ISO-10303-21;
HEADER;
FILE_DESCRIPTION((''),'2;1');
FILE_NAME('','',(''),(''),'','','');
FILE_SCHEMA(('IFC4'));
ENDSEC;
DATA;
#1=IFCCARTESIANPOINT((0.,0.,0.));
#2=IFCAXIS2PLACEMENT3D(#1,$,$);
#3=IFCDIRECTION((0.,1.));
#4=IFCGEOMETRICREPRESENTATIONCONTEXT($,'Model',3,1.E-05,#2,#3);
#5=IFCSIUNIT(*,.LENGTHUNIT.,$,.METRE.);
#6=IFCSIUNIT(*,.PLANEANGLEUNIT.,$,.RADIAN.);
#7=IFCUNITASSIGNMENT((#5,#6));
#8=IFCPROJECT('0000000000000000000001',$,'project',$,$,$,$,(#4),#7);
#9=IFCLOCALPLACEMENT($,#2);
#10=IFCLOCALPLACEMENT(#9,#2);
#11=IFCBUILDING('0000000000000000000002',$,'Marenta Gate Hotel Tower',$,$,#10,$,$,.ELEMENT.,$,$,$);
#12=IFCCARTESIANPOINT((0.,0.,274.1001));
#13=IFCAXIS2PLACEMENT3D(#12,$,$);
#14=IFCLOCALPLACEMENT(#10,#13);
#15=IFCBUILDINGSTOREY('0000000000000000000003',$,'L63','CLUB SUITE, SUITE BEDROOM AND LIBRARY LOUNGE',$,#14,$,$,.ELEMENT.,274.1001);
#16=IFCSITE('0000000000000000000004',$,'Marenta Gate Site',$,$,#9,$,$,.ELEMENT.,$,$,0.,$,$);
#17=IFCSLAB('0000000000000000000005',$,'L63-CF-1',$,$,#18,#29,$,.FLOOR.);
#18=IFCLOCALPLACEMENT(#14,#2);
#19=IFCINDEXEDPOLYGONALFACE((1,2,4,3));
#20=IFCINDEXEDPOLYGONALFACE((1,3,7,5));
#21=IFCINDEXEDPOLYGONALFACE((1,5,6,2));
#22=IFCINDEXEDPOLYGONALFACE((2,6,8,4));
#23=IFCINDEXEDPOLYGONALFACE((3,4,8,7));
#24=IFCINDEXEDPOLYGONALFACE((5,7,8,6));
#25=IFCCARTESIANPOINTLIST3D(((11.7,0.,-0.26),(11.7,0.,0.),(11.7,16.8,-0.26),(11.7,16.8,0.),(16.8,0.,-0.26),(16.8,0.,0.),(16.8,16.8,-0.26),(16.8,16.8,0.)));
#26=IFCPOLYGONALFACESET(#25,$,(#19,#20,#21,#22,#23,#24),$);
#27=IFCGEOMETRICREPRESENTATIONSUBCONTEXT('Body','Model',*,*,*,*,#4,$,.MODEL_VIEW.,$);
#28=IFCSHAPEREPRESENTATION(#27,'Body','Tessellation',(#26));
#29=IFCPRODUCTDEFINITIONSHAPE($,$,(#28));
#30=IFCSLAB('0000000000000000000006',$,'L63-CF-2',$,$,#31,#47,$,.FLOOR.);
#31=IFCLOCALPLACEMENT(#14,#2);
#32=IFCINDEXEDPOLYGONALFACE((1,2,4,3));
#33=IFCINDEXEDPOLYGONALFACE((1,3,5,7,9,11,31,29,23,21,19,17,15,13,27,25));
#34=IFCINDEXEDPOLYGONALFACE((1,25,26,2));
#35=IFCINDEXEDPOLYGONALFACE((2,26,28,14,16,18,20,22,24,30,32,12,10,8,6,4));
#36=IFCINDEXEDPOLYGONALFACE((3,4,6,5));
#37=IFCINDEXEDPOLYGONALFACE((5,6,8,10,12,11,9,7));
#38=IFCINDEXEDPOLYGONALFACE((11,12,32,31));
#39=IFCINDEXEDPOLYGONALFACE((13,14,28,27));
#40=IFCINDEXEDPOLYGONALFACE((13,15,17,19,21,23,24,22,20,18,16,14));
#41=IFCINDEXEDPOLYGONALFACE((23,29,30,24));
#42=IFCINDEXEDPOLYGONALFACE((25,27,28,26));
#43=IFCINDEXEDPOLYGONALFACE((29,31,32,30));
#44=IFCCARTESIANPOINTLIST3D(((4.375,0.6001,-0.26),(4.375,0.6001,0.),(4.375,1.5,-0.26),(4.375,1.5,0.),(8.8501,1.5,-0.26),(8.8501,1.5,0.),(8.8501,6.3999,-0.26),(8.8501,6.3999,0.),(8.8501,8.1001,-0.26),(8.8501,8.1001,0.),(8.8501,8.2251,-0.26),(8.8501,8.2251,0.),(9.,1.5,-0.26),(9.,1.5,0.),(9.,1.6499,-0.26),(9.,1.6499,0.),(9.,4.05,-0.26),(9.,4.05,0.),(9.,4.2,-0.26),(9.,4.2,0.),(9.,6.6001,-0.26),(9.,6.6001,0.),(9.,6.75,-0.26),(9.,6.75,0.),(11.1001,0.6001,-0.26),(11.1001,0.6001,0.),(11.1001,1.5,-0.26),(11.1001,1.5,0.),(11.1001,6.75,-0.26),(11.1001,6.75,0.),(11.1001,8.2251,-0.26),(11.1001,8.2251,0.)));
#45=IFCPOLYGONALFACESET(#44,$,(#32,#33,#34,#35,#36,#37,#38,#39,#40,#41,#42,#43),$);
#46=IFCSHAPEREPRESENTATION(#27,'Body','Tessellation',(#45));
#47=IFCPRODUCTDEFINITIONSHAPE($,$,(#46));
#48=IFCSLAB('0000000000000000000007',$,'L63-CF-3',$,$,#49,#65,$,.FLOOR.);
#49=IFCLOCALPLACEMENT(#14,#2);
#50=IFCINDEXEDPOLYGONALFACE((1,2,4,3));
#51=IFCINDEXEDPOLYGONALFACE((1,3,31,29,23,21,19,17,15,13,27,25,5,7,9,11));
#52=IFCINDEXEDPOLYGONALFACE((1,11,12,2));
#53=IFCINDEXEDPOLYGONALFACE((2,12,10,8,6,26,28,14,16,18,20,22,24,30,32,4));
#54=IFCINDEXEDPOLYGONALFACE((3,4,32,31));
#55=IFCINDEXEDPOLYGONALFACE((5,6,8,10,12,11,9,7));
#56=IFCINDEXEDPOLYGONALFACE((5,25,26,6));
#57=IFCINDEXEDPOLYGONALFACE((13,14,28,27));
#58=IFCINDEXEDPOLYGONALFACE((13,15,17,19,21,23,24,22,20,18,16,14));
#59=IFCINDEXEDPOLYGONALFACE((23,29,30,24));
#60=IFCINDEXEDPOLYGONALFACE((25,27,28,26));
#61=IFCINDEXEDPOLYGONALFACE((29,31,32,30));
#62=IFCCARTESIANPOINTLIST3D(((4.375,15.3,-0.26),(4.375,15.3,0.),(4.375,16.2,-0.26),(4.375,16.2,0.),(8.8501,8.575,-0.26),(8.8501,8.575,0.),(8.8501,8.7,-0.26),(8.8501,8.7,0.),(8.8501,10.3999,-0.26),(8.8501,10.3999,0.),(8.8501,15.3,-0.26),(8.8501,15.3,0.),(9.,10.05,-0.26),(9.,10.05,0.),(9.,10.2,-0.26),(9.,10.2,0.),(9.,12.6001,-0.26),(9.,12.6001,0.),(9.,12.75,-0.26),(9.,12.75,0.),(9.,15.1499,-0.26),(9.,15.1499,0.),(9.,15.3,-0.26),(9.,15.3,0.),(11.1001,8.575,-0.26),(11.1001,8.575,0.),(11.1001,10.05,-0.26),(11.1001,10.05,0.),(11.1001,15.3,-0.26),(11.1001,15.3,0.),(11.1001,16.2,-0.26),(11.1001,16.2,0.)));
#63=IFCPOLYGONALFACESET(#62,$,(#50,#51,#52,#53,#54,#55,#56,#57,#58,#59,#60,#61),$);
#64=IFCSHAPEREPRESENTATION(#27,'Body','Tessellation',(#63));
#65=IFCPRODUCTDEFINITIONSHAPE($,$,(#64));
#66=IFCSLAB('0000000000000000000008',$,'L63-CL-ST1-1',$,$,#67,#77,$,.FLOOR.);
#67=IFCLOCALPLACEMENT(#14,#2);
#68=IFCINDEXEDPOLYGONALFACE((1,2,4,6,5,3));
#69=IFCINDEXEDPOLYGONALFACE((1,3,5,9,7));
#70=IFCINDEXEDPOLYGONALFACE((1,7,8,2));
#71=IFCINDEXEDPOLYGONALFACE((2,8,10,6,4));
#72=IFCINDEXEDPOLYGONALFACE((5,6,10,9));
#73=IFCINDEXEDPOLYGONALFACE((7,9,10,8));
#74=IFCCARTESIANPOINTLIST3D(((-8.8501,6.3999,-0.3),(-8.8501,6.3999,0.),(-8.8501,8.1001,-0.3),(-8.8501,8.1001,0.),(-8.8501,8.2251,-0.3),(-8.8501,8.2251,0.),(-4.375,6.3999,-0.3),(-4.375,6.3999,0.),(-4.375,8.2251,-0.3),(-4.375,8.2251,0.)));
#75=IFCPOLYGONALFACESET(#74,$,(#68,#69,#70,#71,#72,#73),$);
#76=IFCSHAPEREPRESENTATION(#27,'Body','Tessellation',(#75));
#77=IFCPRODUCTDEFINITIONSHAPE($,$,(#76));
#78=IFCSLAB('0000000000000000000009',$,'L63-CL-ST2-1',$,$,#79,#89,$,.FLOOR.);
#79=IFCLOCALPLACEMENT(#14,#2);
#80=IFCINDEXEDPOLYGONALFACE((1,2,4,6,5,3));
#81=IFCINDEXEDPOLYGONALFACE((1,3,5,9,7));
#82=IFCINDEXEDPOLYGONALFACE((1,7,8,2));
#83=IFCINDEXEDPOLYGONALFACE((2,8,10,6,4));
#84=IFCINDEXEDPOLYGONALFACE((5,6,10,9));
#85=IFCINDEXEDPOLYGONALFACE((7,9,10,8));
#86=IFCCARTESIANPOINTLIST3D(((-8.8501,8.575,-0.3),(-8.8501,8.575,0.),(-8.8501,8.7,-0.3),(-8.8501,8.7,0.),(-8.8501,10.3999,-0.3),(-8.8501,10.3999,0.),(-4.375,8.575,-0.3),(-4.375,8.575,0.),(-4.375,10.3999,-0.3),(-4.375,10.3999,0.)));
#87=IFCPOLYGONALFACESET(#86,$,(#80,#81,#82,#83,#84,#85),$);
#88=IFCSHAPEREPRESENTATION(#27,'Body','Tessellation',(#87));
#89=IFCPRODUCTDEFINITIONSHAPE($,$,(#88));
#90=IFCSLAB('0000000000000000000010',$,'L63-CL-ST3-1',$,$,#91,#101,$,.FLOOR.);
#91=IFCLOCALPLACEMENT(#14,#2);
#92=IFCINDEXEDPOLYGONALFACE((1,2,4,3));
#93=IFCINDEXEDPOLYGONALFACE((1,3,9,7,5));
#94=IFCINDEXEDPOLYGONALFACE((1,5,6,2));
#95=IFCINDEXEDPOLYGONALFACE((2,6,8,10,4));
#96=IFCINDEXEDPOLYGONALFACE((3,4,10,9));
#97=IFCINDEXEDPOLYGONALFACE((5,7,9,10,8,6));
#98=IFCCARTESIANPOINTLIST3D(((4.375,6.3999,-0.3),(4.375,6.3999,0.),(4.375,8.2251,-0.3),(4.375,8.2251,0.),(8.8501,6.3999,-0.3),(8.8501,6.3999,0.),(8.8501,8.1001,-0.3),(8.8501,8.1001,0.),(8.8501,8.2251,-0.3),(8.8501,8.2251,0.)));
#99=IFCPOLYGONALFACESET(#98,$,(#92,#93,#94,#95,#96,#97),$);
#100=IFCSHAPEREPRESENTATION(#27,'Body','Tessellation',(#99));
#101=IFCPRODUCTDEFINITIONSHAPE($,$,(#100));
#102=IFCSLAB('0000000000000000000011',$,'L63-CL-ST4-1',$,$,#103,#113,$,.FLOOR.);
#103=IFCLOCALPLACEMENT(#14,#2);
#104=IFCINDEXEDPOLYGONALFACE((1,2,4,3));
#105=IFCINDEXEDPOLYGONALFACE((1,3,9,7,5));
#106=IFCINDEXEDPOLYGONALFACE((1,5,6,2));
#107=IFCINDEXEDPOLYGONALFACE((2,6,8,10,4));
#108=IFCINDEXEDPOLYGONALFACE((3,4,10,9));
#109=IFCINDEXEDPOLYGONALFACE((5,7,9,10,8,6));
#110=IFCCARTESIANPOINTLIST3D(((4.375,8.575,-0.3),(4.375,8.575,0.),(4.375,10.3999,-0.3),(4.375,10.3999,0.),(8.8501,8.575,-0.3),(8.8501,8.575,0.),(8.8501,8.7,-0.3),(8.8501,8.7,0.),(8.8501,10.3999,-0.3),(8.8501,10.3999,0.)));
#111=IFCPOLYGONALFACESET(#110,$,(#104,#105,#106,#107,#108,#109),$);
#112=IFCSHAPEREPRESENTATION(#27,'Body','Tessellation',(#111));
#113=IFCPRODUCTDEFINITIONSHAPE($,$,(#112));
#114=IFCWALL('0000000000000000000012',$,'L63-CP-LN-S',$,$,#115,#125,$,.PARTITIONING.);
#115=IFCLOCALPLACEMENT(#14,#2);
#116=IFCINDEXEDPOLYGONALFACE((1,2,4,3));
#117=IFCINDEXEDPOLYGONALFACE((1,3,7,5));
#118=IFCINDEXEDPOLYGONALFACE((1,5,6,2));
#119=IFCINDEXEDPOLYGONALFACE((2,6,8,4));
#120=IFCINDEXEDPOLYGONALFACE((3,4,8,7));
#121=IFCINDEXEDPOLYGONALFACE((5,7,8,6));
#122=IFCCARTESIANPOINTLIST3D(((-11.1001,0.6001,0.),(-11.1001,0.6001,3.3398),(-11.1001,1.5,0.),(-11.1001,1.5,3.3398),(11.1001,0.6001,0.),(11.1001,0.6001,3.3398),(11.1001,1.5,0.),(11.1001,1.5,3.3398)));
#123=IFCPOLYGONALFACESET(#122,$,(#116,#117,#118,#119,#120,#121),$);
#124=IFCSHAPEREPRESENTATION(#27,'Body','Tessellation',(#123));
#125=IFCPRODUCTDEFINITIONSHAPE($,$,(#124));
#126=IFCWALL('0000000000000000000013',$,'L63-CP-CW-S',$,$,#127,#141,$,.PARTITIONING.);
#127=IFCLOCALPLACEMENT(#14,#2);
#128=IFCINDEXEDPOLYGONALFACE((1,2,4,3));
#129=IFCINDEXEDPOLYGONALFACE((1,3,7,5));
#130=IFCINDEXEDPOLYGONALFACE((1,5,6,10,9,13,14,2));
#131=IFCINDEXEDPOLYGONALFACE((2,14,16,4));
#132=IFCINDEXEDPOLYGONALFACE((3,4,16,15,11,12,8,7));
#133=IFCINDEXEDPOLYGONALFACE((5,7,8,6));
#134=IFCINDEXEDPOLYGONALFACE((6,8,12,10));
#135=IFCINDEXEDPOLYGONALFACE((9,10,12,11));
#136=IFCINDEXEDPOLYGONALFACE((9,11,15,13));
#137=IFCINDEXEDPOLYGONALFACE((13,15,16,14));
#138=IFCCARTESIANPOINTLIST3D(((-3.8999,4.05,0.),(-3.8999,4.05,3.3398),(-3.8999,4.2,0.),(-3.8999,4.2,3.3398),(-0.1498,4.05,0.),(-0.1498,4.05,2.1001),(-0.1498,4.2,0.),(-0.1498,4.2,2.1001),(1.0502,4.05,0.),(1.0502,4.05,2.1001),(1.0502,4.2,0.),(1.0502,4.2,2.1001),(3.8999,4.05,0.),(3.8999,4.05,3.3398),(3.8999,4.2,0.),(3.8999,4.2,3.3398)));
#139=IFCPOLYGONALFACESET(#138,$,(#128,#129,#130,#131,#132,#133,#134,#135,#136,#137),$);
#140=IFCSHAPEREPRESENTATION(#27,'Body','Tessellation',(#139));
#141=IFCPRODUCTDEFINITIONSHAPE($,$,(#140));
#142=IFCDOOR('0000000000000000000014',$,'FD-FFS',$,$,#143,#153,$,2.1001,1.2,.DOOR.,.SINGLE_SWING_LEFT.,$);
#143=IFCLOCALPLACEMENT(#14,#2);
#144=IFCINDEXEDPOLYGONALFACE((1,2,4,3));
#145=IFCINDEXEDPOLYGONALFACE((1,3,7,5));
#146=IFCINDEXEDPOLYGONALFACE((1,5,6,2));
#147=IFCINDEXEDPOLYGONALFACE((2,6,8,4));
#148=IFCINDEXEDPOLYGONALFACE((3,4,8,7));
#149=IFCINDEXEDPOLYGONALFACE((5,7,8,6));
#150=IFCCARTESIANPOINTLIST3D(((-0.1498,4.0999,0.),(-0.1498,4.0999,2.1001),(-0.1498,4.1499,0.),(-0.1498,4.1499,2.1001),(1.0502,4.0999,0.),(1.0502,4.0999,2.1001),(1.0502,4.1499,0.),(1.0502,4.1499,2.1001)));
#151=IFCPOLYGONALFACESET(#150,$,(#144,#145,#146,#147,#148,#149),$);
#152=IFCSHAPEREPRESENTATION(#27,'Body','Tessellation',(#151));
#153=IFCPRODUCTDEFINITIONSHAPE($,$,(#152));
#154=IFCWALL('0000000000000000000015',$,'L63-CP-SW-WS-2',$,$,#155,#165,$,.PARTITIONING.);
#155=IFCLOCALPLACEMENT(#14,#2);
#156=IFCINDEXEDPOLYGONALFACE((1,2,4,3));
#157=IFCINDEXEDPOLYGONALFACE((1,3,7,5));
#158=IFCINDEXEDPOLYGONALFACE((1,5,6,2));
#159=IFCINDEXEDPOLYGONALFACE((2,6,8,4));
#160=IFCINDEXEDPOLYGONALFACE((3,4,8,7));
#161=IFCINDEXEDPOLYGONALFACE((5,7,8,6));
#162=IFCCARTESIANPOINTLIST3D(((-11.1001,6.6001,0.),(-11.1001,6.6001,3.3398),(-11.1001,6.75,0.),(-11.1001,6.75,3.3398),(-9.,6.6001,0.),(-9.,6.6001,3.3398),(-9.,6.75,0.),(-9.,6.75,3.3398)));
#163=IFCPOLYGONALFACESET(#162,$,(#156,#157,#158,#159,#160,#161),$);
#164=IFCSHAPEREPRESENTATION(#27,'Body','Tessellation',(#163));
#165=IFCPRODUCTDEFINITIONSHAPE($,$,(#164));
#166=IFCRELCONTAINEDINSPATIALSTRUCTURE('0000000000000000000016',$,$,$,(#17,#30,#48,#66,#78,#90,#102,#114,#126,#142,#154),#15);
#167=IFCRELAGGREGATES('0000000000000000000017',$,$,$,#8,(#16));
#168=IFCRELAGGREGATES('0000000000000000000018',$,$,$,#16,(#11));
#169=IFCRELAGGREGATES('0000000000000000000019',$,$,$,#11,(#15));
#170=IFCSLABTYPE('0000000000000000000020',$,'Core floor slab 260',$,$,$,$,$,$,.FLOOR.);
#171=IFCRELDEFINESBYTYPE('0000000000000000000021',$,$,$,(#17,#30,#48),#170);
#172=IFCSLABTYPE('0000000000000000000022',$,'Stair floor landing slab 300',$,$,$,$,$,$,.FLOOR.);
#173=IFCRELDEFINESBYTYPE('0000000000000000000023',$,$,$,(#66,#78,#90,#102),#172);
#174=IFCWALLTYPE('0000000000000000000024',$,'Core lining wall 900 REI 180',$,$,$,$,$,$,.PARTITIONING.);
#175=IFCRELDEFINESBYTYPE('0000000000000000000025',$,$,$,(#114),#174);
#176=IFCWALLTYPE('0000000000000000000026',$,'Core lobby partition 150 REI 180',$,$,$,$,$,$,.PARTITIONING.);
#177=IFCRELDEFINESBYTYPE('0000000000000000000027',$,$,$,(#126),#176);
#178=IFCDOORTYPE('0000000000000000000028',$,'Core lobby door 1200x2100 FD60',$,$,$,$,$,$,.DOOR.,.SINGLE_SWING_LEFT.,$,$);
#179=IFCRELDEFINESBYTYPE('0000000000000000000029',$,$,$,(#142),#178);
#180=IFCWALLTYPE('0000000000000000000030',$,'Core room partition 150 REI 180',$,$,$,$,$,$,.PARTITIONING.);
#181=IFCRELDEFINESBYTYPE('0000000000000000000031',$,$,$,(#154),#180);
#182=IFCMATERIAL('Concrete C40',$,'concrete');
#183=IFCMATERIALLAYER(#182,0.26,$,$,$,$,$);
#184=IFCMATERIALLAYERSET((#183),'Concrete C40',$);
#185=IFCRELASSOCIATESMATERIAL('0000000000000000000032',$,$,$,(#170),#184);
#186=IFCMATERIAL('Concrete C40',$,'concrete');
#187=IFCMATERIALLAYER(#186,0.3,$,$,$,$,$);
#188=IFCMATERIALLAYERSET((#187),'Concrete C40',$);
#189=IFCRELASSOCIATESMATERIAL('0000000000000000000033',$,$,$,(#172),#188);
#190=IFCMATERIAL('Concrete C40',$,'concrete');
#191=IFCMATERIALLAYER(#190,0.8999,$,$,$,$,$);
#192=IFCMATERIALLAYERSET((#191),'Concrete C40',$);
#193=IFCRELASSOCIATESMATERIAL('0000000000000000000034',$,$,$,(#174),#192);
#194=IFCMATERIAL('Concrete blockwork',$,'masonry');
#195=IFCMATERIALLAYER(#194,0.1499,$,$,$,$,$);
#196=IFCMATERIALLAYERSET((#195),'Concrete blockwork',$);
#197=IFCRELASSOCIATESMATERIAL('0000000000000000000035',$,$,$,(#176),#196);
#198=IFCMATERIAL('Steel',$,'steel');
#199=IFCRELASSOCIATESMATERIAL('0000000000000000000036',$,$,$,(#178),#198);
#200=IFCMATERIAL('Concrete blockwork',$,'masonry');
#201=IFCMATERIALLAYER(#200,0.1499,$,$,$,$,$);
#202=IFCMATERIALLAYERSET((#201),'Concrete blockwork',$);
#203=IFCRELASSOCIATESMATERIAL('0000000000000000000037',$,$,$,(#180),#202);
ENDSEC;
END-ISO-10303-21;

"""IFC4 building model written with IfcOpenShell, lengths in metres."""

from ifc_helpers import new_model, si_unit, direction, frame, frame_2d, origin, place, context, subcontext, project, spatial, polyline, rectangle, outline, extrude, material, layer, layer_set, type_object, element, fill, save


model = new_model("IFC4")

# Units and contexts
model_context = context("Model", 3, precision=1e-05, world=origin(), true_north=direction((0.0, 1.0)))
body_context = subcontext(model_context, "Body", "Model", "MODEL_VIEW")
ifc_project = project(units=[si_unit("LENGTHUNIT", "METRE"), si_unit("PLANEANGLEUNIT", "RADIAN")], contexts=[model_context])

# Site, building, storey
site_placement = place(None, origin())
site = spatial("IfcSite", under=ifc_project, at=site_placement, Name="Marenta Gate Site", CompositionType="ELEMENT", RefElevation=0.0)
building_placement = place(site_placement, origin())
building = spatial("IfcBuilding", under=site, at=building_placement, Name="Marenta Gate Hotel Tower", CompositionType="ELEMENT")
storey_placement = place(building_placement, frame((0.0, 0.0, 274.1001)))
storey = spatial("IfcBuildingStorey", under=building, at=storey_placement, Name="L63", Description="CLUB SUITE, SUITE BEDROOM AND LIBRARY LOUNGE", CompositionType="ELEMENT", Elevation=274.1001)

# Slabs
ifc_material_1 = material(Name="Concrete C40", Category="concrete")
ifc_layer_1 = layer(ifc_material_1, 0.26)
ifc_layer_set_1 = layer_set([ifc_layer_1], Name="Concrete C40")
slab_type_1 = type_object("IfcSlabType", Name="Core floor slab 260", PredefinedType="FLOOR", material=ifc_layer_set_1)
slab_1_placement = place(storey_placement, frame((0.0, 0.0, -0.26)))
element("IfcSlab", 1, at=slab_1_placement, inside=storey, type_object=slab_type_1, Name="L63-CF-1", PredefinedType="FLOOR", context=body_context, shape_type="SweptSolid", body=[
    extrude(outline(polyline([(11.7, 0.0), (11.7, 16.8), (16.8, 16.8), (16.8, 0.0), (11.7, 0.0)])), origin(), (0.0, 0.0, 1.0), 0.26),
])
slab_2_placement = place(storey_placement, frame((0.0, 0.0, -0.26)))
element("IfcSlab", 2, at=slab_2_placement, inside=storey, type_object=slab_type_1, Name="L63-CF-2", PredefinedType="FLOOR", context=body_context, shape_type="SweptSolid", body=[
    extrude(outline(polyline([(8.8501, 1.5), (8.8501, 6.3999), (8.8501, 8.1001), (8.8501, 8.2251), (11.1001, 8.2251), (11.1001, 6.75), (9.0, 6.75), (9.0, 6.6001), (9.0, 4.2), (9.0, 4.05), (9.0, 1.6499), (9.0, 1.5), (11.1001, 1.5), (11.1001, 0.6001), (4.375, 0.6001), (4.375, 1.5), (8.8501, 1.5)])), origin(), (0.0, 0.0, 1.0), 0.26),
])
slab_3_placement = place(storey_placement, frame((0.0, 0.0, -0.26)))
element("IfcSlab", 3, at=slab_3_placement, inside=storey, type_object=slab_type_1, Name="L63-CF-3", PredefinedType="FLOOR", context=body_context, shape_type="SweptSolid", body=[
    extrude(outline(polyline([(8.8501, 15.3), (4.375, 15.3), (4.375, 16.2), (11.1001, 16.2), (11.1001, 15.3), (9.0, 15.3), (9.0, 15.1499), (9.0, 12.75), (9.0, 12.6001), (9.0, 10.2), (9.0, 10.05), (11.1001, 10.05), (11.1001, 8.575), (8.8501, 8.575), (8.8501, 8.7), (8.8501, 10.3999), (8.8501, 15.3)])), origin(), (0.0, 0.0, 1.0), 0.26),
])
ifc_material_2 = material(Name="Concrete C40", Category="concrete")
ifc_layer_2 = layer(ifc_material_2, 0.3)
ifc_layer_set_2 = layer_set([ifc_layer_2], Name="Concrete C40")
slab_type_2 = type_object("IfcSlabType", Name="Stair floor landing slab 300", PredefinedType="FLOOR", material=ifc_layer_set_2)
slab_4_placement = place(storey_placement, frame((0.0, 0.0, -0.3)))
element("IfcSlab", 4, at=slab_4_placement, inside=storey, type_object=slab_type_2, Name="L63-CL-ST1-1", PredefinedType="FLOOR", context=body_context, shape_type="SweptSolid", body=[
    extrude(outline(polyline([(-4.375, 6.3999), (-8.8501, 6.3999), (-8.8501, 8.1001), (-8.8501, 8.2251), (-4.375, 8.2251), (-4.375, 6.3999)])), origin(), (0.0, 0.0, 1.0), 0.3),
])
slab_5_placement = place(storey_placement, frame((0.0, 0.0, -0.3)))
element("IfcSlab", 5, at=slab_5_placement, inside=storey, type_object=slab_type_2, Name="L63-CL-ST2-1", PredefinedType="FLOOR", context=body_context, shape_type="SweptSolid", body=[
    extrude(outline(polyline([(-4.375, 8.575), (-8.8501, 8.575), (-8.8501, 8.7), (-8.8501, 10.3999), (-4.375, 10.3999), (-4.375, 8.575)])), origin(), (0.0, 0.0, 1.0), 0.3),
])
slab_6_placement = place(storey_placement, frame((0.0, 0.0, -0.3)))
element("IfcSlab", 6, at=slab_6_placement, inside=storey, type_object=slab_type_2, Name="L63-CL-ST3-1", PredefinedType="FLOOR", context=body_context, shape_type="SweptSolid", body=[
    extrude(outline(polyline([(4.375, 6.3999), (4.375, 8.2251), (8.8501, 8.2251), (8.8501, 8.1001), (8.8501, 6.3999), (4.375, 6.3999)])), origin(), (0.0, 0.0, 1.0), 0.3),
])
slab_7_placement = place(storey_placement, frame((0.0, 0.0, -0.3)))
element("IfcSlab", 7, at=slab_7_placement, inside=storey, type_object=slab_type_2, Name="L63-CL-ST4-1", PredefinedType="FLOOR", context=body_context, shape_type="SweptSolid", body=[
    extrude(outline(polyline([(4.375, 8.575), (4.375, 10.3999), (8.8501, 10.3999), (8.8501, 8.7), (8.8501, 8.575), (4.375, 8.575)])), origin(), (0.0, 0.0, 1.0), 0.3),
])

# Wall
ifc_material_3 = material(Name="Concrete C40", Category="concrete")
ifc_layer_3 = layer(ifc_material_3, 0.8999)
ifc_layer_set_3 = layer_set([ifc_layer_3], Name="Concrete C40")
wall_type_1 = type_object("IfcWallType", Name="Core lining wall 900 REI 180", PredefinedType="PARTITIONING", material=ifc_layer_set_3)
wall_1_placement = place(storey_placement, frame((-11.1001, 1.05, 0.0), z_axis=(0.0, 0.0, 1.0), x_axis=(1.0, 0.0, 0.0)))
element("IfcWall", 8, at=wall_1_placement, inside=storey, type_object=wall_type_1, Name="L63-CP-LN-S", PredefinedType="PARTITIONING", context=body_context, shape_type="SweptSolid", body=[
    extrude(rectangle(XDim=22.2002, YDim=0.8999, at=frame_2d((11.1001, 0.0))), origin(), (0.0, 0.0, 1.0), 3.3398),
])

# Wall, opening, door
ifc_material_4 = material(Name="Concrete blockwork", Category="masonry")
ifc_layer_4 = layer(ifc_material_4, 0.1499)
ifc_layer_set_4 = layer_set([ifc_layer_4], Name="Concrete blockwork")
wall_type_2 = type_object("IfcWallType", Name="Core lobby partition 150 REI 180", PredefinedType="PARTITIONING", material=ifc_layer_set_4)
wall_2_placement = place(storey_placement, frame((-3.8999, 4.125, 0.0), z_axis=(0.0, 0.0, 1.0), x_axis=(1.0, 0.0, 0.0)))
wall_2 = element("IfcWall", 9, at=wall_2_placement, inside=storey, type_object=wall_type_2, Name="L63-CP-CW-S", PredefinedType="PARTITIONING", context=body_context, shape_type="SweptSolid", body=[
    extrude(rectangle(XDim=7.7998, YDim=0.1499, at=frame_2d((3.8999, 0.0))), origin(), (0.0, 0.0, 1.0), 3.3398),
])
opening_1_placement = place(wall_2_placement, frame((3.75, 0.0, 0.0)))
opening_1 = element("IfcOpeningElement", 10, at=opening_1_placement, cuts=wall_2, PredefinedType="OPENING", context=body_context, shape_type="SweptSolid", body=[
    extrude(rectangle(XDim=1.2, YDim=2.1001, at=frame_2d((0.6001, 1.05))), frame((0.0, 0.075, 0.0), z_axis=(0.0, -1.0, 0.0), x_axis=(1.0, 0.0, 0.0)), (0.0, 0.0, 1.0), 0.1499),
])
ifc_material_5 = material(Name="Steel", Category="steel")
door_type_1 = type_object("IfcDoorType", Name="Core lobby door 1200x2100 FD60", OperationType="SINGLE_SWING_LEFT", PredefinedType="DOOR", material=ifc_material_5)
door_1_placement = place(opening_1_placement, origin())
door_1 = element("IfcDoor", 11, at=door_1_placement, inside=storey, type_object=door_type_1, Name="FD-FFS", OperationType="SINGLE_SWING_LEFT", OverallHeight=2.1001, OverallWidth=1.2, PredefinedType="DOOR", context=body_context, shape_type="SweptSolid", body=[
    extrude(rectangle(XDim=1.2, YDim=2.1001, at=frame_2d((0.6001, 1.05))), frame((0.0, 0.0249, 0.0), z_axis=(0.0, -1.0, 0.0), x_axis=(1.0, 0.0, 0.0)), (0.0, 0.0, 1.0), 0.05),
])
fill(opening_1, door_1)

# Wall
ifc_material_6 = material(Name="Concrete blockwork", Category="masonry")
ifc_layer_5 = layer(ifc_material_6, 0.1499)
ifc_layer_set_5 = layer_set([ifc_layer_5], Name="Concrete blockwork")
wall_type_3 = type_object("IfcWallType", Name="Core room partition 150 REI 180", PredefinedType="PARTITIONING", material=ifc_layer_set_5)
wall_3_placement = place(storey_placement, frame((-11.1001, 6.675, 0.0), z_axis=(0.0, 0.0, 1.0), x_axis=(1.0, 0.0, 0.0)))
element("IfcWall", 12, at=wall_3_placement, inside=storey, type_object=wall_type_3, Name="L63-CP-SW-WS-2", PredefinedType="PARTITIONING", context=body_context, shape_type="SweptSolid", body=[
    extrude(rectangle(XDim=2.1001, YDim=0.1499, at=frame_2d((1.05, 0.0))), origin(), (0.0, 0.0, 1.0), 3.3398),
])

save(model, "model.ifc")
